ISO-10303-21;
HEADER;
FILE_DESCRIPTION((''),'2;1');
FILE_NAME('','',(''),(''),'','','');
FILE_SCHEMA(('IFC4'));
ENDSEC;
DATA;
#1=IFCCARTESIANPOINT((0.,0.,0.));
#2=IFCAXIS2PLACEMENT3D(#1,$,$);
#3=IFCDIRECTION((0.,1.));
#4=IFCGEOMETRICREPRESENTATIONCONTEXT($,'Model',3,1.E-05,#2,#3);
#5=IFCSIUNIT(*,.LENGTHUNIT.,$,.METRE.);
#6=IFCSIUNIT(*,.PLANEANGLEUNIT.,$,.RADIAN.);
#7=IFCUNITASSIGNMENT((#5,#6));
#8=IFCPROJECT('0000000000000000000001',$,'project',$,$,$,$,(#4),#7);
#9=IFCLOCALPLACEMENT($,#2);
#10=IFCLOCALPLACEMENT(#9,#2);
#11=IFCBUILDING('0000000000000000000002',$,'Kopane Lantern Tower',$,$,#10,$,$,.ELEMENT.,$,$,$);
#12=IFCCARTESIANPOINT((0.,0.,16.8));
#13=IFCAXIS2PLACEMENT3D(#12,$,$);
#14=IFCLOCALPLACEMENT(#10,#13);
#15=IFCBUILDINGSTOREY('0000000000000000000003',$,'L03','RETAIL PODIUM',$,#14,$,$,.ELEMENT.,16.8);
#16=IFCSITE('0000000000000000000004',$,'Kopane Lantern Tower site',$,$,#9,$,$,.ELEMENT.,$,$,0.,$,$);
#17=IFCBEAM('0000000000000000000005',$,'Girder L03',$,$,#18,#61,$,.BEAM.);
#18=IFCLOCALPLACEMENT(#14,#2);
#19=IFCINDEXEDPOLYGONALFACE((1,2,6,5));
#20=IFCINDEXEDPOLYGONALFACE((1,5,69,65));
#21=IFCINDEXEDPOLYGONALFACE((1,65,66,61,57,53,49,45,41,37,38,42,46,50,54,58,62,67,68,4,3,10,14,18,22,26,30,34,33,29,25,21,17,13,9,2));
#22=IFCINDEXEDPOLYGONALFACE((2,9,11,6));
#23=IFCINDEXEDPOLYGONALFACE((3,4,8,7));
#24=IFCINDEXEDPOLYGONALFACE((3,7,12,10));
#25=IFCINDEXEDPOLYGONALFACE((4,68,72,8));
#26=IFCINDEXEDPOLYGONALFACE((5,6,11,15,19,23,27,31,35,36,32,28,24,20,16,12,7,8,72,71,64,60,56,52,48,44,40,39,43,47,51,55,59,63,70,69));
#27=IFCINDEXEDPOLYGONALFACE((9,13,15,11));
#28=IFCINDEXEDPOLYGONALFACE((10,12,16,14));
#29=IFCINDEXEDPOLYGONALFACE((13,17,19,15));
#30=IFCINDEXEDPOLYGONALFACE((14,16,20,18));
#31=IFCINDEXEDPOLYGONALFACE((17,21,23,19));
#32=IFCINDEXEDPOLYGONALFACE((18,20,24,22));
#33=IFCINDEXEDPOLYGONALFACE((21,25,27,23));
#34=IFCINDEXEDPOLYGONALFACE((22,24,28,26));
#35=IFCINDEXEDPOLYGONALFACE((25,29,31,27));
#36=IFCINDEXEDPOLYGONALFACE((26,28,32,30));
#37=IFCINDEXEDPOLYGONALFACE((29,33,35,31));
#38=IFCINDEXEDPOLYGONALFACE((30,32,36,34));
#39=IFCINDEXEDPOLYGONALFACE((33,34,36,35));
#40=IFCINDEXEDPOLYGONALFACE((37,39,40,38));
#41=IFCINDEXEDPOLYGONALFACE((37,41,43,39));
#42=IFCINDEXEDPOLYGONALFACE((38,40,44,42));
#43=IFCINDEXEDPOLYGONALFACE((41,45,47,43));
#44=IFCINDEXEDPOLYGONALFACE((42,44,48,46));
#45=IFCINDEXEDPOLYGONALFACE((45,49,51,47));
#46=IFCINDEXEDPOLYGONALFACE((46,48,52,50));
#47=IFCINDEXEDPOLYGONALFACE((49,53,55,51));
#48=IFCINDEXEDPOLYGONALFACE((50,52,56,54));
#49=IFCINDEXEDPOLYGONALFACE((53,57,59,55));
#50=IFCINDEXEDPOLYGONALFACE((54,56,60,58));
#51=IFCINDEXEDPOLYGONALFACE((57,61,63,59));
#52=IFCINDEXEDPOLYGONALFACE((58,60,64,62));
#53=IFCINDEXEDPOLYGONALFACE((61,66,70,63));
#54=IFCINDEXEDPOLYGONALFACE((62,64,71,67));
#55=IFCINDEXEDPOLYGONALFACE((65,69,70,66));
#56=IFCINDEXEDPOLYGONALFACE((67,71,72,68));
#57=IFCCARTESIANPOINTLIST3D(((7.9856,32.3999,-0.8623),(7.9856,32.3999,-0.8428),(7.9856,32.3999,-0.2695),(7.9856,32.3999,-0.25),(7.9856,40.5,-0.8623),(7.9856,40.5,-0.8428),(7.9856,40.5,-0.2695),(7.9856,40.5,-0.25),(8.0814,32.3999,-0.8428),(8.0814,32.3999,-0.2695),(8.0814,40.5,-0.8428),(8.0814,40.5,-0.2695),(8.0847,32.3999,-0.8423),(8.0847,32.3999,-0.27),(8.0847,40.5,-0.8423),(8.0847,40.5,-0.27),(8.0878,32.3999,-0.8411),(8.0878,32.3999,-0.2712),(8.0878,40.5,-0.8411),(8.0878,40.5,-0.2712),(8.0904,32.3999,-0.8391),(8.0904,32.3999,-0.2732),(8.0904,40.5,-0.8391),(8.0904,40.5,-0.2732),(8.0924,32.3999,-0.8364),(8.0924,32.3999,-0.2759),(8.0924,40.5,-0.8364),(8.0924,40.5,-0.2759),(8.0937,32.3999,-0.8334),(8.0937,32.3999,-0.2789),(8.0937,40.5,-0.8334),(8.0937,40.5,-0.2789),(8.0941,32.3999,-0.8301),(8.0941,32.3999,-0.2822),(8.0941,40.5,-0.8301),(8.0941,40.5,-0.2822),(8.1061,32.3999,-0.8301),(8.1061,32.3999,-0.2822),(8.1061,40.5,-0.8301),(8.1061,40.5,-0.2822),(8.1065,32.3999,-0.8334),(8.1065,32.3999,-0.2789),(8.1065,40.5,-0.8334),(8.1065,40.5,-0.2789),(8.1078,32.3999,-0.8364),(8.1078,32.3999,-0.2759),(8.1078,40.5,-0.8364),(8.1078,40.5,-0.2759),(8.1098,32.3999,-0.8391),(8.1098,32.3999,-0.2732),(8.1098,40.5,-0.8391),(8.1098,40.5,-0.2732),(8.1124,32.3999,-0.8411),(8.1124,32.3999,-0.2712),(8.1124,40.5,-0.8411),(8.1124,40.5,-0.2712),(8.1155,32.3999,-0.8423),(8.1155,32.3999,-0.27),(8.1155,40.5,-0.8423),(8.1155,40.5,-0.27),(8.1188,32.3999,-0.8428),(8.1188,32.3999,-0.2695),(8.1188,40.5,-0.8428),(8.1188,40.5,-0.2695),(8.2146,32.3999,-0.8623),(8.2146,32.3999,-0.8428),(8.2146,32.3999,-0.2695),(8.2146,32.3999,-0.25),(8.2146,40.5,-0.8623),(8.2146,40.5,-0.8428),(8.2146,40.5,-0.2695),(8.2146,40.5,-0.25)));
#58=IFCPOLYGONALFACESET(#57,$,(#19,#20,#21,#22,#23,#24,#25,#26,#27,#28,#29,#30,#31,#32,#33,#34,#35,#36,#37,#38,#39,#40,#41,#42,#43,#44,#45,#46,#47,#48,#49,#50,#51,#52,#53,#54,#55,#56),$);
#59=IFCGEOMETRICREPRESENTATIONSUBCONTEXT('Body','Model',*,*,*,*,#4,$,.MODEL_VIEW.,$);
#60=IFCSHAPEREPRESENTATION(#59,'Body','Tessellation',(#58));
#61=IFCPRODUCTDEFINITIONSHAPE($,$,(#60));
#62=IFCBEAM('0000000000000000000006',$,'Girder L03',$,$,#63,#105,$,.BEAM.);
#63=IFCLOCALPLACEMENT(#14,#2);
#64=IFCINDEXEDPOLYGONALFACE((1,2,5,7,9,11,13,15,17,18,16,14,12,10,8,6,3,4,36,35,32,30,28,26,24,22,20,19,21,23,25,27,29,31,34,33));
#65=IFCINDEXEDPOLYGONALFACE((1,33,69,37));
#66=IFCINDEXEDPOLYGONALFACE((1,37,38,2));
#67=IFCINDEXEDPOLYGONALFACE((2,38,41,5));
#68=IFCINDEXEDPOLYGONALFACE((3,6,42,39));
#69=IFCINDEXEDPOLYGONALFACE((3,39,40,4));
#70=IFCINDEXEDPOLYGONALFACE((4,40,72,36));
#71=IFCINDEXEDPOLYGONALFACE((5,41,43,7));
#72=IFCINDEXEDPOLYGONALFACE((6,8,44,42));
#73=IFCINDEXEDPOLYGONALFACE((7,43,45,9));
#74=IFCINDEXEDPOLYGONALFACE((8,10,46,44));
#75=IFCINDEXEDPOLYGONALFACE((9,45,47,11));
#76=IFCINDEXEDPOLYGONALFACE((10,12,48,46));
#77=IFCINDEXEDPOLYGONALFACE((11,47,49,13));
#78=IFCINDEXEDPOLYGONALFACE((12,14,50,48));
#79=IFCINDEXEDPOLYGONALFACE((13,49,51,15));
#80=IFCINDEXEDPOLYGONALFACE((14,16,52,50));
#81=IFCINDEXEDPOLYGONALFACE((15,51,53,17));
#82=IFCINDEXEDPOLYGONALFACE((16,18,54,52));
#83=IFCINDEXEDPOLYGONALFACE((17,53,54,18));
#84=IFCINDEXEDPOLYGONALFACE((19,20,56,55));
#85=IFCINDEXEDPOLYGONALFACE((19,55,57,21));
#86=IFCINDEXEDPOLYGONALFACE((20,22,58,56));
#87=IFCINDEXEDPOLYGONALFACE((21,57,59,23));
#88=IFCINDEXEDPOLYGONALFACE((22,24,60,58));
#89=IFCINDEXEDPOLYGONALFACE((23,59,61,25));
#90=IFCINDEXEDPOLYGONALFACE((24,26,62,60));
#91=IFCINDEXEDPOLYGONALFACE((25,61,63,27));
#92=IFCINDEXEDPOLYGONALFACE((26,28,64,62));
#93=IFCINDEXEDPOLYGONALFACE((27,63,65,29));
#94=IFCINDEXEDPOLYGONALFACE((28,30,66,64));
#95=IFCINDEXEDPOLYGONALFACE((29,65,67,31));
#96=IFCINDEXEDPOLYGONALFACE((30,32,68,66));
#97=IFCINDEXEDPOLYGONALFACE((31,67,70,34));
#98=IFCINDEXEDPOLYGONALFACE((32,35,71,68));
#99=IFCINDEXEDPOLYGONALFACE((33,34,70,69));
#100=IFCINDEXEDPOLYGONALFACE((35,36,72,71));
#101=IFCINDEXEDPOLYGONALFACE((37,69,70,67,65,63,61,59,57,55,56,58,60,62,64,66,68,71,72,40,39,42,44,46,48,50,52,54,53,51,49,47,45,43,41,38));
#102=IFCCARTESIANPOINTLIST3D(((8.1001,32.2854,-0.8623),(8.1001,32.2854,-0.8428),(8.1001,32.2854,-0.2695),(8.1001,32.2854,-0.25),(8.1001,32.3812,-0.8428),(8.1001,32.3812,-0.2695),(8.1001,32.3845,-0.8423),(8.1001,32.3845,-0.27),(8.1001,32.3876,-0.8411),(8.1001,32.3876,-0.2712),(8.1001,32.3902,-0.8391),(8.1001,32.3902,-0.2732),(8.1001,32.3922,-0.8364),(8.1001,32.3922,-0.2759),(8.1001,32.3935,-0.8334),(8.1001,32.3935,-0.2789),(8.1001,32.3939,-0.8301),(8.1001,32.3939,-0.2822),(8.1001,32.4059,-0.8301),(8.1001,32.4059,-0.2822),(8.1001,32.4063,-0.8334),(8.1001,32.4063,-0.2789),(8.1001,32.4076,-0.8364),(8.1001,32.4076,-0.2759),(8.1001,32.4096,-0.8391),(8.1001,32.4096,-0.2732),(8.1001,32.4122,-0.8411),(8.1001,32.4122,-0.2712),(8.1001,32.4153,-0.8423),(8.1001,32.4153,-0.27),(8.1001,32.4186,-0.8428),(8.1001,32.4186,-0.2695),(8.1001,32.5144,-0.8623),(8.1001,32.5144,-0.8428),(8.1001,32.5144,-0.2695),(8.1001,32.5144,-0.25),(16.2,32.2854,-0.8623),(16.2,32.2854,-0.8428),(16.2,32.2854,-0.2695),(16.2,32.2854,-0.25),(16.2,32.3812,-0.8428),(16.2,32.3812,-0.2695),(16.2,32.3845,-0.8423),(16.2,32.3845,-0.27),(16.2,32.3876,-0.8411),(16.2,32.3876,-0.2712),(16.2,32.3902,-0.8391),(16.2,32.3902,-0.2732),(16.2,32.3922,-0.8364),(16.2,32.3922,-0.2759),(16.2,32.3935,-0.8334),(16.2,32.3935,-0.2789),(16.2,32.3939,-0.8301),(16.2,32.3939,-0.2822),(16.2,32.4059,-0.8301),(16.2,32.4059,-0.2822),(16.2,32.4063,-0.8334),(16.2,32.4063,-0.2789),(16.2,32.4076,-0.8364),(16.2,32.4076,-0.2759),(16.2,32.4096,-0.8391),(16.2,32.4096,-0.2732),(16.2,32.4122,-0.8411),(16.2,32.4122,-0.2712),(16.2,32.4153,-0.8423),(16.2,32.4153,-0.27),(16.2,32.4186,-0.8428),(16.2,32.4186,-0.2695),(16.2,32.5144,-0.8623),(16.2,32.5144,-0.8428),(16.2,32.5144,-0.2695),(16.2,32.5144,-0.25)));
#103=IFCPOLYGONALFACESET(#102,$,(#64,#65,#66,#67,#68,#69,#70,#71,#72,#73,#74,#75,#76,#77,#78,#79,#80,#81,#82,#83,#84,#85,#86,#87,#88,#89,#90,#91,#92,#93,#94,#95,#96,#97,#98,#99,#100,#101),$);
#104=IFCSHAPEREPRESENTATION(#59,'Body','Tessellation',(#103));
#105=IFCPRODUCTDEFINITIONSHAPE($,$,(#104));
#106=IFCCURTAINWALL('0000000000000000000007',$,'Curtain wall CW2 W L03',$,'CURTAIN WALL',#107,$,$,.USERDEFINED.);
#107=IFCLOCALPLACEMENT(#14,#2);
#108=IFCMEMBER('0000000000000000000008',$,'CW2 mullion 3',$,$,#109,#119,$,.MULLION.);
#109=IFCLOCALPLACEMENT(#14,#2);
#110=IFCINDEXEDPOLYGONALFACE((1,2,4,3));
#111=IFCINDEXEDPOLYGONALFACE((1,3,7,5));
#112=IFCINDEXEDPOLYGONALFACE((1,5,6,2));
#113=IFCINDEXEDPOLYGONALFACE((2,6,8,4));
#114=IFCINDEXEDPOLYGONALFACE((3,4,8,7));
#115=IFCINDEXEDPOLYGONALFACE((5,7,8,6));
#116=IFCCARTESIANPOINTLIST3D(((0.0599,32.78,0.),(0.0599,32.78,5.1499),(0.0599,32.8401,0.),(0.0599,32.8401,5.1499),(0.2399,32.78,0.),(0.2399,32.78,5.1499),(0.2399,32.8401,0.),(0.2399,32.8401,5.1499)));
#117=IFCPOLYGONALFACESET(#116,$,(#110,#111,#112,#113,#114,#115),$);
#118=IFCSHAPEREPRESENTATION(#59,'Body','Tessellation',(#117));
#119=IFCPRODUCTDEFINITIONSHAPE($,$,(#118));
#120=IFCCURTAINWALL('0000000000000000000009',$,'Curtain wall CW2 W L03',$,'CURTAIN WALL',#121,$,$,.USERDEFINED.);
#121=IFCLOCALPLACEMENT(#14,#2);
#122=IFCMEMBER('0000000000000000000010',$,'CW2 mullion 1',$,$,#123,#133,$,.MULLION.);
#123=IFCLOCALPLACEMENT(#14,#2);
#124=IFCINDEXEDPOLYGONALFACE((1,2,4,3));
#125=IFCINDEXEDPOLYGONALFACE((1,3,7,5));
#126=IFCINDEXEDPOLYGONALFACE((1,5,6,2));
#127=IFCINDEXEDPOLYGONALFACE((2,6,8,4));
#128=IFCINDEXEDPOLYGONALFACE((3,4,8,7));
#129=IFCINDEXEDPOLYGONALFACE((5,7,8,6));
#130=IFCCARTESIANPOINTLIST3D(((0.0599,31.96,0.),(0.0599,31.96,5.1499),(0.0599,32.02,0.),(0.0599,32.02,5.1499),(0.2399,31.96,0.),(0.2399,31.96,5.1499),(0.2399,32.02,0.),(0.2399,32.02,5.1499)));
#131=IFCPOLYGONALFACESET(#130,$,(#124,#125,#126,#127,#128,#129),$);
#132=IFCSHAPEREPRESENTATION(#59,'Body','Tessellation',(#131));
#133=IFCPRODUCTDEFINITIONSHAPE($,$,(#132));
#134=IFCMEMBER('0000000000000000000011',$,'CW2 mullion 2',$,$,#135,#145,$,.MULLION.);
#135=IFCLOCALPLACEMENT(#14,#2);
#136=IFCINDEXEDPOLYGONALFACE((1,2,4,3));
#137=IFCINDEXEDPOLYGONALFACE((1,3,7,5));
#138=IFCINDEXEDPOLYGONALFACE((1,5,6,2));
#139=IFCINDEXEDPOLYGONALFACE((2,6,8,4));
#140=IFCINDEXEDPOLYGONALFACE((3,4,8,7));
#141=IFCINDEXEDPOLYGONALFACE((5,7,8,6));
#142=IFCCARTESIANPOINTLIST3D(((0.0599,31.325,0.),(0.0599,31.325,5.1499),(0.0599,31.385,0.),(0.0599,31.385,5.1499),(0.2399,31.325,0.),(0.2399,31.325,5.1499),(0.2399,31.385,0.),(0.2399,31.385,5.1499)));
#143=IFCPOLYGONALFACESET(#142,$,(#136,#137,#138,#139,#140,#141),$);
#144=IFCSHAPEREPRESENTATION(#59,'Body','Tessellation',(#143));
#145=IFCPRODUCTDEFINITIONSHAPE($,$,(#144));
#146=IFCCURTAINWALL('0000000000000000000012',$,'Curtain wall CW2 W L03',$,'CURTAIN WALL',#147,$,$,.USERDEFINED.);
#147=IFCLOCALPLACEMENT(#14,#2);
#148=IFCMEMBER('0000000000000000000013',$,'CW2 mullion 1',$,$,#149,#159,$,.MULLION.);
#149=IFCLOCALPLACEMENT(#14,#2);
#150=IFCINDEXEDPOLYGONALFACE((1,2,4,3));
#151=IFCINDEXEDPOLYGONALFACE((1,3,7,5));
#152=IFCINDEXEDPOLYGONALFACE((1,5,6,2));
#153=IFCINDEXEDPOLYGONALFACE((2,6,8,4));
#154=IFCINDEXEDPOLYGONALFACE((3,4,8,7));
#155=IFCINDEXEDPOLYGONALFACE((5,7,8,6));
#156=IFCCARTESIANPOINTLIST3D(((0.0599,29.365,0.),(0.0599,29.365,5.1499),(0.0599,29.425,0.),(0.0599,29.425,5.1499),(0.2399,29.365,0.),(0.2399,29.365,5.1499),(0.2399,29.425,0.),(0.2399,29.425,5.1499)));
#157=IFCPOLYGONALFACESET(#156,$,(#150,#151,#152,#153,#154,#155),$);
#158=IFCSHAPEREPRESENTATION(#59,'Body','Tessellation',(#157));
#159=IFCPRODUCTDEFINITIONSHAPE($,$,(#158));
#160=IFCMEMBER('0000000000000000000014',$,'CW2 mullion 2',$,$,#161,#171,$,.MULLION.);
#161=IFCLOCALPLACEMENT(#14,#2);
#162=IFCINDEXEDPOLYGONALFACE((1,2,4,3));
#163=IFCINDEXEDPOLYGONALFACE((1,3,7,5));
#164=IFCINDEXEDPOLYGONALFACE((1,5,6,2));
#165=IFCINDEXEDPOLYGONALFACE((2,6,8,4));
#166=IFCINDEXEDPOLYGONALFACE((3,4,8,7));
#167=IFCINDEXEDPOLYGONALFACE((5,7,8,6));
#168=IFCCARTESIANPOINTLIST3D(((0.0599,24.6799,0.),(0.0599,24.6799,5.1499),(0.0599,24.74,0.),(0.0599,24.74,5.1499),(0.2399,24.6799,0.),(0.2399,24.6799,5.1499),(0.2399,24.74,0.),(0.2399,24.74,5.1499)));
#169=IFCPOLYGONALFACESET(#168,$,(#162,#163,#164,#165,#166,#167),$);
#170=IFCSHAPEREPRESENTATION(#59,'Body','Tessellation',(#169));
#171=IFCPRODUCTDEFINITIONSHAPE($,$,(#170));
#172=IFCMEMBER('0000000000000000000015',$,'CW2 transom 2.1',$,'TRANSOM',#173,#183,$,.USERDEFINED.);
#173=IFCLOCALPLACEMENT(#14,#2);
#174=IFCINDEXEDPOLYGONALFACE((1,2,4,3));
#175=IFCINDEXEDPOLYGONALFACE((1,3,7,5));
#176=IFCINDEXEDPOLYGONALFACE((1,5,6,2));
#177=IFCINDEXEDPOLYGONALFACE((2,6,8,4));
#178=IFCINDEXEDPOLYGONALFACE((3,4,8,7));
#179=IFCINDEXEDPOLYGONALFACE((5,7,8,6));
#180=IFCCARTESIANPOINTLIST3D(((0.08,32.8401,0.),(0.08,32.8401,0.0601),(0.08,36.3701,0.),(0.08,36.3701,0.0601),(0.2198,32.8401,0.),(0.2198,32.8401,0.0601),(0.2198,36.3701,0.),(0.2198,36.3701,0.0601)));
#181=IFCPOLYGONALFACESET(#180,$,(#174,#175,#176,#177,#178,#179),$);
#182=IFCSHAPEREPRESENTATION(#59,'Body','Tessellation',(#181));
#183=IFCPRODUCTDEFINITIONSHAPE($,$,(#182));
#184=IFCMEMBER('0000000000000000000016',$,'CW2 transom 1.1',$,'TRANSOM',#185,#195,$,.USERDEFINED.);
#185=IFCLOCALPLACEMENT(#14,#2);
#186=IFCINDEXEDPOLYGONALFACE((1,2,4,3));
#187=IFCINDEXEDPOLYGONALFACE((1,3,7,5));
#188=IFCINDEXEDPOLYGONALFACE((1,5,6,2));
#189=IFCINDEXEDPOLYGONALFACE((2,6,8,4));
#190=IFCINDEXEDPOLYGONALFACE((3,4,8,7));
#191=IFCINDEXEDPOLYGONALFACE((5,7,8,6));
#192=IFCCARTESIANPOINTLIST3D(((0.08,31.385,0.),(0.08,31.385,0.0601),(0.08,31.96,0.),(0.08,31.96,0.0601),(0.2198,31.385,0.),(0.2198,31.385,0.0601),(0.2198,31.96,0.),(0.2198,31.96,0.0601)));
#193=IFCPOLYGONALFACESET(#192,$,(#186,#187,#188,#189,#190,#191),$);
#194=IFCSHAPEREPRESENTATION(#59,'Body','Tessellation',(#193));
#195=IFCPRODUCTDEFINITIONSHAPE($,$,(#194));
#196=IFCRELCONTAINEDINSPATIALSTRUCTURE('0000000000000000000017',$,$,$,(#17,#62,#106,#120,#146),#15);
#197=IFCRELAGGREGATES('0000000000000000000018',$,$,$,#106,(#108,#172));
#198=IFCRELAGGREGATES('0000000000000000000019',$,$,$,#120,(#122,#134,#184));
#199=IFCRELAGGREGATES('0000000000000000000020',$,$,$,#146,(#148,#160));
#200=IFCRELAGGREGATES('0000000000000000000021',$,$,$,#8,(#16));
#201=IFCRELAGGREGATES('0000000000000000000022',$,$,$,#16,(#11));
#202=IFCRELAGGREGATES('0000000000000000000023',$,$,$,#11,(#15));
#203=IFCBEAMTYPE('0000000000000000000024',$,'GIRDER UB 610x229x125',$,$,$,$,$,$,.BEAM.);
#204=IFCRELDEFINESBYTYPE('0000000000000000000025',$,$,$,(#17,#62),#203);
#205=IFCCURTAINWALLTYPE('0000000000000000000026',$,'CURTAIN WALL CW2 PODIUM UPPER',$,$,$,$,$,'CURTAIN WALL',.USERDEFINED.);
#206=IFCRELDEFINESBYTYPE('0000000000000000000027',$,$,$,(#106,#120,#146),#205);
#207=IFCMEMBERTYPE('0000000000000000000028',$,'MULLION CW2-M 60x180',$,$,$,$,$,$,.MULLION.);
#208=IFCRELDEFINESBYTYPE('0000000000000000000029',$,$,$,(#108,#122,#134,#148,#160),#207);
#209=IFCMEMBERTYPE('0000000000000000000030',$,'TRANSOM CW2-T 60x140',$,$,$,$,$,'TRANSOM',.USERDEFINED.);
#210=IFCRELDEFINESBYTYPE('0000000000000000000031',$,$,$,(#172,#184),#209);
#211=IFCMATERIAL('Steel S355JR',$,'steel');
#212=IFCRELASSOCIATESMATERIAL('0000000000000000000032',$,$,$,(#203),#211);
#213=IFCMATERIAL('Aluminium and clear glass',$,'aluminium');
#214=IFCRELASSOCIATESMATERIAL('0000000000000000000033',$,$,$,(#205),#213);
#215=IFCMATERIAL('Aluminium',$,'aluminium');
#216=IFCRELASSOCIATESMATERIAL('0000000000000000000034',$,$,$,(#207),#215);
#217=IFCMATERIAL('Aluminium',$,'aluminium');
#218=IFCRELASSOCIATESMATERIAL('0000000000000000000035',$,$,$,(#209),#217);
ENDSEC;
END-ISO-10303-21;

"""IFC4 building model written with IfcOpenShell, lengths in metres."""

from ifc_helpers import new_model, si_unit, direction, frame, origin, origin_2d, place, context, subcontext, project, spatial, rectangle, i_section, extrude, material, material_profile, profile_set, type_object, element, aggregate, save


model = new_model("IFC4")

# Units and contexts
model_context = context("Model", 3, precision=1e-05, world=origin(), true_north=direction((0.0, 1.0)))
body_context = subcontext(model_context, "Body", "Model", "MODEL_VIEW")
ifc_project = project(units=[si_unit("LENGTHUNIT", "METRE"), si_unit("PLANEANGLEUNIT", "RADIAN")], contexts=[model_context])

# Site, building, storey
site_placement = place(None, origin())
site = spatial("IfcSite", under=ifc_project, at=site_placement, Name="Kopane Lantern Tower site", CompositionType="ELEMENT", RefElevation=0.0)
building_placement = place(site_placement, origin())
building = spatial("IfcBuilding", under=site, at=building_placement, Name="Kopane Lantern Tower", CompositionType="ELEMENT")
storey_placement = place(building_placement, frame((0.0, 0.0, 16.8)))
storey = spatial("IfcBuildingStorey", under=building, at=storey_placement, Name="L03", Description="RETAIL PODIUM", CompositionType="ELEMENT", Elevation=16.8)

# Beams
ifc_material_1 = material(Name="Steel S355JR", Category="steel")
ifc_material_profile_1 = material_profile(ifc_material_1, i_section(OverallWidth=0.229, OverallDepth=0.6123, WebThickness=0.012, FlangeThickness=0.0195, FilletRadius=0.0127, at=origin_2d()), Name="UB 610x229x125")
ifc_profile_set_1 = profile_set([ifc_material_profile_1], Name="Steel S355JR")
beam_type = type_object("IfcBeamType", Name="GIRDER UB 610x229x125", PredefinedType="BEAM", material=ifc_profile_set_1)
beam_1_placement = place(storey_placement, frame((8.1001, 32.3999, -0.5562), z_axis=(0.0, 1.0, 0.0), x_axis=(-1.0, 0.0, 0.0)))
element("IfcBeam", 1, at=beam_1_placement, inside=storey, type_object=beam_type, Name="Girder L03", PredefinedType="BEAM", context=body_context, shape_type="SweptSolid", body=[
    extrude(i_section(OverallWidth=0.229, OverallDepth=0.6123, WebThickness=0.012, FlangeThickness=0.0195, FilletRadius=0.0127, at=origin_2d()), origin(), (0.0, 0.0, 1.0), 8.1001),
])
beam_2_placement = place(storey_placement, frame((8.1001, 32.3999, -0.5562), z_axis=(1.0, 0.0, 0.0), x_axis=(0.0, 1.0, 0.0)))
element("IfcBeam", 2, at=beam_2_placement, inside=storey, type_object=beam_type, Name="Girder L03", PredefinedType="BEAM", context=body_context, shape_type="SweptSolid", body=[
    extrude(i_section(OverallWidth=0.229, OverallDepth=0.6123, WebThickness=0.012, FlangeThickness=0.0195, FilletRadius=0.0127, at=origin_2d()), origin(), (0.0, 0.0, 1.0), 8.0999),
])

# Curtain wall, member
ifc_material_2 = material(Name="Aluminium and clear glass", Category="aluminium")
curtain_wall_type = type_object("IfcCurtainWallType", Name="CURTAIN WALL CW2 PODIUM UPPER", ElementType="CURTAIN WALL", PredefinedType="USERDEFINED", material=ifc_material_2)
curtain_wall_1_placement = place(storey_placement, origin())
curtain_wall_1 = element("IfcCurtainWall", 3, at=curtain_wall_1_placement, inside=storey, type_object=curtain_wall_type, Name="Curtain wall CW2 W L03", ObjectType="CURTAIN WALL", PredefinedType="USERDEFINED")
ifc_material_3 = material(Name="Aluminium", Category="aluminium")
ifc_material_profile_2 = material_profile(ifc_material_3, rectangle(XDim=0.0601, YDim=0.1799, at=origin_2d()), Name="AL 60x180")
ifc_profile_set_2 = profile_set([ifc_material_profile_2], Name="Aluminium")
member_type_1 = type_object("IfcMemberType", Name="MULLION CW2-M 60x180", PredefinedType="MULLION", material=ifc_profile_set_2)
member_1_placement = place(storey_placement, frame((0.1499, 32.8101, 0.0), z_axis=(0.0, 0.0, 1.0), x_axis=(0.0, -1.0, 0.0)))
member_1 = element("IfcMember", 4, at=member_1_placement, type_object=member_type_1, Name="CW2 mullion 3", PredefinedType="MULLION", context=body_context, shape_type="SweptSolid", body=[
    extrude(rectangle(XDim=0.0601, YDim=0.1799, at=origin_2d()), origin(), (0.0, 0.0, 1.0), 5.1499),
])

# Curtain walls, members
curtain_wall_2_placement = place(storey_placement, origin())
curtain_wall_2 = element("IfcCurtainWall", 5, at=curtain_wall_2_placement, inside=storey, type_object=curtain_wall_type, Name="Curtain wall CW2 W L03", ObjectType="CURTAIN WALL", PredefinedType="USERDEFINED")
member_2_placement = place(storey_placement, frame((0.1499, 31.99, 0.0), z_axis=(0.0, 0.0, 1.0), x_axis=(0.0, -1.0, 0.0)))
member_2 = element("IfcMember", 6, at=member_2_placement, type_object=member_type_1, Name="CW2 mullion 1", PredefinedType="MULLION", context=body_context, shape_type="SweptSolid", body=[
    extrude(rectangle(XDim=0.0601, YDim=0.1799, at=origin_2d()), origin(), (0.0, 0.0, 1.0), 5.1499),
])
member_3_placement = place(storey_placement, frame((0.1499, 31.355, 0.0), z_axis=(0.0, 0.0, 1.0), x_axis=(0.0, -1.0, 0.0)))
member_3 = element("IfcMember", 7, at=member_3_placement, type_object=member_type_1, Name="CW2 mullion 2", PredefinedType="MULLION", context=body_context, shape_type="SweptSolid", body=[
    extrude(rectangle(XDim=0.0601, YDim=0.1799, at=origin_2d()), origin(), (0.0, 0.0, 1.0), 5.1499),
])
curtain_wall_3_placement = place(storey_placement, origin())
curtain_wall_3 = element("IfcCurtainWall", 8, at=curtain_wall_3_placement, inside=storey, type_object=curtain_wall_type, Name="Curtain wall CW2 W L03", ObjectType="CURTAIN WALL", PredefinedType="USERDEFINED")
member_4_placement = place(storey_placement, frame((0.1499, 29.395, 0.0), z_axis=(0.0, 0.0, 1.0), x_axis=(0.0, -1.0, 0.0)))
member_4 = element("IfcMember", 9, at=member_4_placement, type_object=member_type_1, Name="CW2 mullion 1", PredefinedType="MULLION", context=body_context, shape_type="SweptSolid", body=[
    extrude(rectangle(XDim=0.0601, YDim=0.1799, at=origin_2d()), origin(), (0.0, 0.0, 1.0), 5.1499),
])
member_5_placement = place(storey_placement, frame((0.1499, 24.71, 0.0), z_axis=(0.0, 0.0, 1.0), x_axis=(0.0, -1.0, 0.0)))
member_5 = element("IfcMember", 10, at=member_5_placement, type_object=member_type_1, Name="CW2 mullion 2", PredefinedType="MULLION", context=body_context, shape_type="SweptSolid", body=[
    extrude(rectangle(XDim=0.0601, YDim=0.1799, at=origin_2d()), origin(), (0.0, 0.0, 1.0), 5.1499),
])

# Members
ifc_material_4 = material(Name="Aluminium", Category="aluminium")
ifc_material_profile_3 = material_profile(ifc_material_4, rectangle(XDim=0.1399, YDim=0.0601, at=origin_2d()), Name="AL 140x60")
ifc_profile_set_3 = profile_set([ifc_material_profile_3], Name="Aluminium")
member_type_2 = type_object("IfcMemberType", Name="TRANSOM CW2-T 60x140", ElementType="TRANSOM", PredefinedType="USERDEFINED", material=ifc_profile_set_3)
member_6_placement = place(storey_placement, frame((0.1499, 36.3701, 0.03), z_axis=(0.0, -1.0, 0.0), x_axis=(1.0, 0.0, 0.0)))
member_6 = element("IfcMember", 11, at=member_6_placement, type_object=member_type_2, Name="CW2 transom 2.1", ObjectType="TRANSOM", PredefinedType="USERDEFINED", context=body_context, shape_type="SweptSolid", body=[
    extrude(rectangle(XDim=0.1399, YDim=0.0601, at=origin_2d()), origin(), (0.0, 0.0, 1.0), 3.53),
])
member_7_placement = place(storey_placement, frame((0.1499, 31.96, 0.03), z_axis=(0.0, -1.0, 0.0), x_axis=(1.0, 0.0, 0.0)))
member_7 = element("IfcMember", 12, at=member_7_placement, type_object=member_type_2, Name="CW2 transom 1.1", ObjectType="TRANSOM", PredefinedType="USERDEFINED", context=body_context, shape_type="SweptSolid", body=[
    extrude(rectangle(XDim=0.1399, YDim=0.0601, at=origin_2d()), origin(), (0.0, 0.0, 1.0), 0.575),
])

aggregate(curtain_wall_1, [member_1, member_6])
aggregate(curtain_wall_2, [member_2, member_3, member_7])
aggregate(curtain_wall_3, [member_4, member_5])

save(model, "model.ifc")
